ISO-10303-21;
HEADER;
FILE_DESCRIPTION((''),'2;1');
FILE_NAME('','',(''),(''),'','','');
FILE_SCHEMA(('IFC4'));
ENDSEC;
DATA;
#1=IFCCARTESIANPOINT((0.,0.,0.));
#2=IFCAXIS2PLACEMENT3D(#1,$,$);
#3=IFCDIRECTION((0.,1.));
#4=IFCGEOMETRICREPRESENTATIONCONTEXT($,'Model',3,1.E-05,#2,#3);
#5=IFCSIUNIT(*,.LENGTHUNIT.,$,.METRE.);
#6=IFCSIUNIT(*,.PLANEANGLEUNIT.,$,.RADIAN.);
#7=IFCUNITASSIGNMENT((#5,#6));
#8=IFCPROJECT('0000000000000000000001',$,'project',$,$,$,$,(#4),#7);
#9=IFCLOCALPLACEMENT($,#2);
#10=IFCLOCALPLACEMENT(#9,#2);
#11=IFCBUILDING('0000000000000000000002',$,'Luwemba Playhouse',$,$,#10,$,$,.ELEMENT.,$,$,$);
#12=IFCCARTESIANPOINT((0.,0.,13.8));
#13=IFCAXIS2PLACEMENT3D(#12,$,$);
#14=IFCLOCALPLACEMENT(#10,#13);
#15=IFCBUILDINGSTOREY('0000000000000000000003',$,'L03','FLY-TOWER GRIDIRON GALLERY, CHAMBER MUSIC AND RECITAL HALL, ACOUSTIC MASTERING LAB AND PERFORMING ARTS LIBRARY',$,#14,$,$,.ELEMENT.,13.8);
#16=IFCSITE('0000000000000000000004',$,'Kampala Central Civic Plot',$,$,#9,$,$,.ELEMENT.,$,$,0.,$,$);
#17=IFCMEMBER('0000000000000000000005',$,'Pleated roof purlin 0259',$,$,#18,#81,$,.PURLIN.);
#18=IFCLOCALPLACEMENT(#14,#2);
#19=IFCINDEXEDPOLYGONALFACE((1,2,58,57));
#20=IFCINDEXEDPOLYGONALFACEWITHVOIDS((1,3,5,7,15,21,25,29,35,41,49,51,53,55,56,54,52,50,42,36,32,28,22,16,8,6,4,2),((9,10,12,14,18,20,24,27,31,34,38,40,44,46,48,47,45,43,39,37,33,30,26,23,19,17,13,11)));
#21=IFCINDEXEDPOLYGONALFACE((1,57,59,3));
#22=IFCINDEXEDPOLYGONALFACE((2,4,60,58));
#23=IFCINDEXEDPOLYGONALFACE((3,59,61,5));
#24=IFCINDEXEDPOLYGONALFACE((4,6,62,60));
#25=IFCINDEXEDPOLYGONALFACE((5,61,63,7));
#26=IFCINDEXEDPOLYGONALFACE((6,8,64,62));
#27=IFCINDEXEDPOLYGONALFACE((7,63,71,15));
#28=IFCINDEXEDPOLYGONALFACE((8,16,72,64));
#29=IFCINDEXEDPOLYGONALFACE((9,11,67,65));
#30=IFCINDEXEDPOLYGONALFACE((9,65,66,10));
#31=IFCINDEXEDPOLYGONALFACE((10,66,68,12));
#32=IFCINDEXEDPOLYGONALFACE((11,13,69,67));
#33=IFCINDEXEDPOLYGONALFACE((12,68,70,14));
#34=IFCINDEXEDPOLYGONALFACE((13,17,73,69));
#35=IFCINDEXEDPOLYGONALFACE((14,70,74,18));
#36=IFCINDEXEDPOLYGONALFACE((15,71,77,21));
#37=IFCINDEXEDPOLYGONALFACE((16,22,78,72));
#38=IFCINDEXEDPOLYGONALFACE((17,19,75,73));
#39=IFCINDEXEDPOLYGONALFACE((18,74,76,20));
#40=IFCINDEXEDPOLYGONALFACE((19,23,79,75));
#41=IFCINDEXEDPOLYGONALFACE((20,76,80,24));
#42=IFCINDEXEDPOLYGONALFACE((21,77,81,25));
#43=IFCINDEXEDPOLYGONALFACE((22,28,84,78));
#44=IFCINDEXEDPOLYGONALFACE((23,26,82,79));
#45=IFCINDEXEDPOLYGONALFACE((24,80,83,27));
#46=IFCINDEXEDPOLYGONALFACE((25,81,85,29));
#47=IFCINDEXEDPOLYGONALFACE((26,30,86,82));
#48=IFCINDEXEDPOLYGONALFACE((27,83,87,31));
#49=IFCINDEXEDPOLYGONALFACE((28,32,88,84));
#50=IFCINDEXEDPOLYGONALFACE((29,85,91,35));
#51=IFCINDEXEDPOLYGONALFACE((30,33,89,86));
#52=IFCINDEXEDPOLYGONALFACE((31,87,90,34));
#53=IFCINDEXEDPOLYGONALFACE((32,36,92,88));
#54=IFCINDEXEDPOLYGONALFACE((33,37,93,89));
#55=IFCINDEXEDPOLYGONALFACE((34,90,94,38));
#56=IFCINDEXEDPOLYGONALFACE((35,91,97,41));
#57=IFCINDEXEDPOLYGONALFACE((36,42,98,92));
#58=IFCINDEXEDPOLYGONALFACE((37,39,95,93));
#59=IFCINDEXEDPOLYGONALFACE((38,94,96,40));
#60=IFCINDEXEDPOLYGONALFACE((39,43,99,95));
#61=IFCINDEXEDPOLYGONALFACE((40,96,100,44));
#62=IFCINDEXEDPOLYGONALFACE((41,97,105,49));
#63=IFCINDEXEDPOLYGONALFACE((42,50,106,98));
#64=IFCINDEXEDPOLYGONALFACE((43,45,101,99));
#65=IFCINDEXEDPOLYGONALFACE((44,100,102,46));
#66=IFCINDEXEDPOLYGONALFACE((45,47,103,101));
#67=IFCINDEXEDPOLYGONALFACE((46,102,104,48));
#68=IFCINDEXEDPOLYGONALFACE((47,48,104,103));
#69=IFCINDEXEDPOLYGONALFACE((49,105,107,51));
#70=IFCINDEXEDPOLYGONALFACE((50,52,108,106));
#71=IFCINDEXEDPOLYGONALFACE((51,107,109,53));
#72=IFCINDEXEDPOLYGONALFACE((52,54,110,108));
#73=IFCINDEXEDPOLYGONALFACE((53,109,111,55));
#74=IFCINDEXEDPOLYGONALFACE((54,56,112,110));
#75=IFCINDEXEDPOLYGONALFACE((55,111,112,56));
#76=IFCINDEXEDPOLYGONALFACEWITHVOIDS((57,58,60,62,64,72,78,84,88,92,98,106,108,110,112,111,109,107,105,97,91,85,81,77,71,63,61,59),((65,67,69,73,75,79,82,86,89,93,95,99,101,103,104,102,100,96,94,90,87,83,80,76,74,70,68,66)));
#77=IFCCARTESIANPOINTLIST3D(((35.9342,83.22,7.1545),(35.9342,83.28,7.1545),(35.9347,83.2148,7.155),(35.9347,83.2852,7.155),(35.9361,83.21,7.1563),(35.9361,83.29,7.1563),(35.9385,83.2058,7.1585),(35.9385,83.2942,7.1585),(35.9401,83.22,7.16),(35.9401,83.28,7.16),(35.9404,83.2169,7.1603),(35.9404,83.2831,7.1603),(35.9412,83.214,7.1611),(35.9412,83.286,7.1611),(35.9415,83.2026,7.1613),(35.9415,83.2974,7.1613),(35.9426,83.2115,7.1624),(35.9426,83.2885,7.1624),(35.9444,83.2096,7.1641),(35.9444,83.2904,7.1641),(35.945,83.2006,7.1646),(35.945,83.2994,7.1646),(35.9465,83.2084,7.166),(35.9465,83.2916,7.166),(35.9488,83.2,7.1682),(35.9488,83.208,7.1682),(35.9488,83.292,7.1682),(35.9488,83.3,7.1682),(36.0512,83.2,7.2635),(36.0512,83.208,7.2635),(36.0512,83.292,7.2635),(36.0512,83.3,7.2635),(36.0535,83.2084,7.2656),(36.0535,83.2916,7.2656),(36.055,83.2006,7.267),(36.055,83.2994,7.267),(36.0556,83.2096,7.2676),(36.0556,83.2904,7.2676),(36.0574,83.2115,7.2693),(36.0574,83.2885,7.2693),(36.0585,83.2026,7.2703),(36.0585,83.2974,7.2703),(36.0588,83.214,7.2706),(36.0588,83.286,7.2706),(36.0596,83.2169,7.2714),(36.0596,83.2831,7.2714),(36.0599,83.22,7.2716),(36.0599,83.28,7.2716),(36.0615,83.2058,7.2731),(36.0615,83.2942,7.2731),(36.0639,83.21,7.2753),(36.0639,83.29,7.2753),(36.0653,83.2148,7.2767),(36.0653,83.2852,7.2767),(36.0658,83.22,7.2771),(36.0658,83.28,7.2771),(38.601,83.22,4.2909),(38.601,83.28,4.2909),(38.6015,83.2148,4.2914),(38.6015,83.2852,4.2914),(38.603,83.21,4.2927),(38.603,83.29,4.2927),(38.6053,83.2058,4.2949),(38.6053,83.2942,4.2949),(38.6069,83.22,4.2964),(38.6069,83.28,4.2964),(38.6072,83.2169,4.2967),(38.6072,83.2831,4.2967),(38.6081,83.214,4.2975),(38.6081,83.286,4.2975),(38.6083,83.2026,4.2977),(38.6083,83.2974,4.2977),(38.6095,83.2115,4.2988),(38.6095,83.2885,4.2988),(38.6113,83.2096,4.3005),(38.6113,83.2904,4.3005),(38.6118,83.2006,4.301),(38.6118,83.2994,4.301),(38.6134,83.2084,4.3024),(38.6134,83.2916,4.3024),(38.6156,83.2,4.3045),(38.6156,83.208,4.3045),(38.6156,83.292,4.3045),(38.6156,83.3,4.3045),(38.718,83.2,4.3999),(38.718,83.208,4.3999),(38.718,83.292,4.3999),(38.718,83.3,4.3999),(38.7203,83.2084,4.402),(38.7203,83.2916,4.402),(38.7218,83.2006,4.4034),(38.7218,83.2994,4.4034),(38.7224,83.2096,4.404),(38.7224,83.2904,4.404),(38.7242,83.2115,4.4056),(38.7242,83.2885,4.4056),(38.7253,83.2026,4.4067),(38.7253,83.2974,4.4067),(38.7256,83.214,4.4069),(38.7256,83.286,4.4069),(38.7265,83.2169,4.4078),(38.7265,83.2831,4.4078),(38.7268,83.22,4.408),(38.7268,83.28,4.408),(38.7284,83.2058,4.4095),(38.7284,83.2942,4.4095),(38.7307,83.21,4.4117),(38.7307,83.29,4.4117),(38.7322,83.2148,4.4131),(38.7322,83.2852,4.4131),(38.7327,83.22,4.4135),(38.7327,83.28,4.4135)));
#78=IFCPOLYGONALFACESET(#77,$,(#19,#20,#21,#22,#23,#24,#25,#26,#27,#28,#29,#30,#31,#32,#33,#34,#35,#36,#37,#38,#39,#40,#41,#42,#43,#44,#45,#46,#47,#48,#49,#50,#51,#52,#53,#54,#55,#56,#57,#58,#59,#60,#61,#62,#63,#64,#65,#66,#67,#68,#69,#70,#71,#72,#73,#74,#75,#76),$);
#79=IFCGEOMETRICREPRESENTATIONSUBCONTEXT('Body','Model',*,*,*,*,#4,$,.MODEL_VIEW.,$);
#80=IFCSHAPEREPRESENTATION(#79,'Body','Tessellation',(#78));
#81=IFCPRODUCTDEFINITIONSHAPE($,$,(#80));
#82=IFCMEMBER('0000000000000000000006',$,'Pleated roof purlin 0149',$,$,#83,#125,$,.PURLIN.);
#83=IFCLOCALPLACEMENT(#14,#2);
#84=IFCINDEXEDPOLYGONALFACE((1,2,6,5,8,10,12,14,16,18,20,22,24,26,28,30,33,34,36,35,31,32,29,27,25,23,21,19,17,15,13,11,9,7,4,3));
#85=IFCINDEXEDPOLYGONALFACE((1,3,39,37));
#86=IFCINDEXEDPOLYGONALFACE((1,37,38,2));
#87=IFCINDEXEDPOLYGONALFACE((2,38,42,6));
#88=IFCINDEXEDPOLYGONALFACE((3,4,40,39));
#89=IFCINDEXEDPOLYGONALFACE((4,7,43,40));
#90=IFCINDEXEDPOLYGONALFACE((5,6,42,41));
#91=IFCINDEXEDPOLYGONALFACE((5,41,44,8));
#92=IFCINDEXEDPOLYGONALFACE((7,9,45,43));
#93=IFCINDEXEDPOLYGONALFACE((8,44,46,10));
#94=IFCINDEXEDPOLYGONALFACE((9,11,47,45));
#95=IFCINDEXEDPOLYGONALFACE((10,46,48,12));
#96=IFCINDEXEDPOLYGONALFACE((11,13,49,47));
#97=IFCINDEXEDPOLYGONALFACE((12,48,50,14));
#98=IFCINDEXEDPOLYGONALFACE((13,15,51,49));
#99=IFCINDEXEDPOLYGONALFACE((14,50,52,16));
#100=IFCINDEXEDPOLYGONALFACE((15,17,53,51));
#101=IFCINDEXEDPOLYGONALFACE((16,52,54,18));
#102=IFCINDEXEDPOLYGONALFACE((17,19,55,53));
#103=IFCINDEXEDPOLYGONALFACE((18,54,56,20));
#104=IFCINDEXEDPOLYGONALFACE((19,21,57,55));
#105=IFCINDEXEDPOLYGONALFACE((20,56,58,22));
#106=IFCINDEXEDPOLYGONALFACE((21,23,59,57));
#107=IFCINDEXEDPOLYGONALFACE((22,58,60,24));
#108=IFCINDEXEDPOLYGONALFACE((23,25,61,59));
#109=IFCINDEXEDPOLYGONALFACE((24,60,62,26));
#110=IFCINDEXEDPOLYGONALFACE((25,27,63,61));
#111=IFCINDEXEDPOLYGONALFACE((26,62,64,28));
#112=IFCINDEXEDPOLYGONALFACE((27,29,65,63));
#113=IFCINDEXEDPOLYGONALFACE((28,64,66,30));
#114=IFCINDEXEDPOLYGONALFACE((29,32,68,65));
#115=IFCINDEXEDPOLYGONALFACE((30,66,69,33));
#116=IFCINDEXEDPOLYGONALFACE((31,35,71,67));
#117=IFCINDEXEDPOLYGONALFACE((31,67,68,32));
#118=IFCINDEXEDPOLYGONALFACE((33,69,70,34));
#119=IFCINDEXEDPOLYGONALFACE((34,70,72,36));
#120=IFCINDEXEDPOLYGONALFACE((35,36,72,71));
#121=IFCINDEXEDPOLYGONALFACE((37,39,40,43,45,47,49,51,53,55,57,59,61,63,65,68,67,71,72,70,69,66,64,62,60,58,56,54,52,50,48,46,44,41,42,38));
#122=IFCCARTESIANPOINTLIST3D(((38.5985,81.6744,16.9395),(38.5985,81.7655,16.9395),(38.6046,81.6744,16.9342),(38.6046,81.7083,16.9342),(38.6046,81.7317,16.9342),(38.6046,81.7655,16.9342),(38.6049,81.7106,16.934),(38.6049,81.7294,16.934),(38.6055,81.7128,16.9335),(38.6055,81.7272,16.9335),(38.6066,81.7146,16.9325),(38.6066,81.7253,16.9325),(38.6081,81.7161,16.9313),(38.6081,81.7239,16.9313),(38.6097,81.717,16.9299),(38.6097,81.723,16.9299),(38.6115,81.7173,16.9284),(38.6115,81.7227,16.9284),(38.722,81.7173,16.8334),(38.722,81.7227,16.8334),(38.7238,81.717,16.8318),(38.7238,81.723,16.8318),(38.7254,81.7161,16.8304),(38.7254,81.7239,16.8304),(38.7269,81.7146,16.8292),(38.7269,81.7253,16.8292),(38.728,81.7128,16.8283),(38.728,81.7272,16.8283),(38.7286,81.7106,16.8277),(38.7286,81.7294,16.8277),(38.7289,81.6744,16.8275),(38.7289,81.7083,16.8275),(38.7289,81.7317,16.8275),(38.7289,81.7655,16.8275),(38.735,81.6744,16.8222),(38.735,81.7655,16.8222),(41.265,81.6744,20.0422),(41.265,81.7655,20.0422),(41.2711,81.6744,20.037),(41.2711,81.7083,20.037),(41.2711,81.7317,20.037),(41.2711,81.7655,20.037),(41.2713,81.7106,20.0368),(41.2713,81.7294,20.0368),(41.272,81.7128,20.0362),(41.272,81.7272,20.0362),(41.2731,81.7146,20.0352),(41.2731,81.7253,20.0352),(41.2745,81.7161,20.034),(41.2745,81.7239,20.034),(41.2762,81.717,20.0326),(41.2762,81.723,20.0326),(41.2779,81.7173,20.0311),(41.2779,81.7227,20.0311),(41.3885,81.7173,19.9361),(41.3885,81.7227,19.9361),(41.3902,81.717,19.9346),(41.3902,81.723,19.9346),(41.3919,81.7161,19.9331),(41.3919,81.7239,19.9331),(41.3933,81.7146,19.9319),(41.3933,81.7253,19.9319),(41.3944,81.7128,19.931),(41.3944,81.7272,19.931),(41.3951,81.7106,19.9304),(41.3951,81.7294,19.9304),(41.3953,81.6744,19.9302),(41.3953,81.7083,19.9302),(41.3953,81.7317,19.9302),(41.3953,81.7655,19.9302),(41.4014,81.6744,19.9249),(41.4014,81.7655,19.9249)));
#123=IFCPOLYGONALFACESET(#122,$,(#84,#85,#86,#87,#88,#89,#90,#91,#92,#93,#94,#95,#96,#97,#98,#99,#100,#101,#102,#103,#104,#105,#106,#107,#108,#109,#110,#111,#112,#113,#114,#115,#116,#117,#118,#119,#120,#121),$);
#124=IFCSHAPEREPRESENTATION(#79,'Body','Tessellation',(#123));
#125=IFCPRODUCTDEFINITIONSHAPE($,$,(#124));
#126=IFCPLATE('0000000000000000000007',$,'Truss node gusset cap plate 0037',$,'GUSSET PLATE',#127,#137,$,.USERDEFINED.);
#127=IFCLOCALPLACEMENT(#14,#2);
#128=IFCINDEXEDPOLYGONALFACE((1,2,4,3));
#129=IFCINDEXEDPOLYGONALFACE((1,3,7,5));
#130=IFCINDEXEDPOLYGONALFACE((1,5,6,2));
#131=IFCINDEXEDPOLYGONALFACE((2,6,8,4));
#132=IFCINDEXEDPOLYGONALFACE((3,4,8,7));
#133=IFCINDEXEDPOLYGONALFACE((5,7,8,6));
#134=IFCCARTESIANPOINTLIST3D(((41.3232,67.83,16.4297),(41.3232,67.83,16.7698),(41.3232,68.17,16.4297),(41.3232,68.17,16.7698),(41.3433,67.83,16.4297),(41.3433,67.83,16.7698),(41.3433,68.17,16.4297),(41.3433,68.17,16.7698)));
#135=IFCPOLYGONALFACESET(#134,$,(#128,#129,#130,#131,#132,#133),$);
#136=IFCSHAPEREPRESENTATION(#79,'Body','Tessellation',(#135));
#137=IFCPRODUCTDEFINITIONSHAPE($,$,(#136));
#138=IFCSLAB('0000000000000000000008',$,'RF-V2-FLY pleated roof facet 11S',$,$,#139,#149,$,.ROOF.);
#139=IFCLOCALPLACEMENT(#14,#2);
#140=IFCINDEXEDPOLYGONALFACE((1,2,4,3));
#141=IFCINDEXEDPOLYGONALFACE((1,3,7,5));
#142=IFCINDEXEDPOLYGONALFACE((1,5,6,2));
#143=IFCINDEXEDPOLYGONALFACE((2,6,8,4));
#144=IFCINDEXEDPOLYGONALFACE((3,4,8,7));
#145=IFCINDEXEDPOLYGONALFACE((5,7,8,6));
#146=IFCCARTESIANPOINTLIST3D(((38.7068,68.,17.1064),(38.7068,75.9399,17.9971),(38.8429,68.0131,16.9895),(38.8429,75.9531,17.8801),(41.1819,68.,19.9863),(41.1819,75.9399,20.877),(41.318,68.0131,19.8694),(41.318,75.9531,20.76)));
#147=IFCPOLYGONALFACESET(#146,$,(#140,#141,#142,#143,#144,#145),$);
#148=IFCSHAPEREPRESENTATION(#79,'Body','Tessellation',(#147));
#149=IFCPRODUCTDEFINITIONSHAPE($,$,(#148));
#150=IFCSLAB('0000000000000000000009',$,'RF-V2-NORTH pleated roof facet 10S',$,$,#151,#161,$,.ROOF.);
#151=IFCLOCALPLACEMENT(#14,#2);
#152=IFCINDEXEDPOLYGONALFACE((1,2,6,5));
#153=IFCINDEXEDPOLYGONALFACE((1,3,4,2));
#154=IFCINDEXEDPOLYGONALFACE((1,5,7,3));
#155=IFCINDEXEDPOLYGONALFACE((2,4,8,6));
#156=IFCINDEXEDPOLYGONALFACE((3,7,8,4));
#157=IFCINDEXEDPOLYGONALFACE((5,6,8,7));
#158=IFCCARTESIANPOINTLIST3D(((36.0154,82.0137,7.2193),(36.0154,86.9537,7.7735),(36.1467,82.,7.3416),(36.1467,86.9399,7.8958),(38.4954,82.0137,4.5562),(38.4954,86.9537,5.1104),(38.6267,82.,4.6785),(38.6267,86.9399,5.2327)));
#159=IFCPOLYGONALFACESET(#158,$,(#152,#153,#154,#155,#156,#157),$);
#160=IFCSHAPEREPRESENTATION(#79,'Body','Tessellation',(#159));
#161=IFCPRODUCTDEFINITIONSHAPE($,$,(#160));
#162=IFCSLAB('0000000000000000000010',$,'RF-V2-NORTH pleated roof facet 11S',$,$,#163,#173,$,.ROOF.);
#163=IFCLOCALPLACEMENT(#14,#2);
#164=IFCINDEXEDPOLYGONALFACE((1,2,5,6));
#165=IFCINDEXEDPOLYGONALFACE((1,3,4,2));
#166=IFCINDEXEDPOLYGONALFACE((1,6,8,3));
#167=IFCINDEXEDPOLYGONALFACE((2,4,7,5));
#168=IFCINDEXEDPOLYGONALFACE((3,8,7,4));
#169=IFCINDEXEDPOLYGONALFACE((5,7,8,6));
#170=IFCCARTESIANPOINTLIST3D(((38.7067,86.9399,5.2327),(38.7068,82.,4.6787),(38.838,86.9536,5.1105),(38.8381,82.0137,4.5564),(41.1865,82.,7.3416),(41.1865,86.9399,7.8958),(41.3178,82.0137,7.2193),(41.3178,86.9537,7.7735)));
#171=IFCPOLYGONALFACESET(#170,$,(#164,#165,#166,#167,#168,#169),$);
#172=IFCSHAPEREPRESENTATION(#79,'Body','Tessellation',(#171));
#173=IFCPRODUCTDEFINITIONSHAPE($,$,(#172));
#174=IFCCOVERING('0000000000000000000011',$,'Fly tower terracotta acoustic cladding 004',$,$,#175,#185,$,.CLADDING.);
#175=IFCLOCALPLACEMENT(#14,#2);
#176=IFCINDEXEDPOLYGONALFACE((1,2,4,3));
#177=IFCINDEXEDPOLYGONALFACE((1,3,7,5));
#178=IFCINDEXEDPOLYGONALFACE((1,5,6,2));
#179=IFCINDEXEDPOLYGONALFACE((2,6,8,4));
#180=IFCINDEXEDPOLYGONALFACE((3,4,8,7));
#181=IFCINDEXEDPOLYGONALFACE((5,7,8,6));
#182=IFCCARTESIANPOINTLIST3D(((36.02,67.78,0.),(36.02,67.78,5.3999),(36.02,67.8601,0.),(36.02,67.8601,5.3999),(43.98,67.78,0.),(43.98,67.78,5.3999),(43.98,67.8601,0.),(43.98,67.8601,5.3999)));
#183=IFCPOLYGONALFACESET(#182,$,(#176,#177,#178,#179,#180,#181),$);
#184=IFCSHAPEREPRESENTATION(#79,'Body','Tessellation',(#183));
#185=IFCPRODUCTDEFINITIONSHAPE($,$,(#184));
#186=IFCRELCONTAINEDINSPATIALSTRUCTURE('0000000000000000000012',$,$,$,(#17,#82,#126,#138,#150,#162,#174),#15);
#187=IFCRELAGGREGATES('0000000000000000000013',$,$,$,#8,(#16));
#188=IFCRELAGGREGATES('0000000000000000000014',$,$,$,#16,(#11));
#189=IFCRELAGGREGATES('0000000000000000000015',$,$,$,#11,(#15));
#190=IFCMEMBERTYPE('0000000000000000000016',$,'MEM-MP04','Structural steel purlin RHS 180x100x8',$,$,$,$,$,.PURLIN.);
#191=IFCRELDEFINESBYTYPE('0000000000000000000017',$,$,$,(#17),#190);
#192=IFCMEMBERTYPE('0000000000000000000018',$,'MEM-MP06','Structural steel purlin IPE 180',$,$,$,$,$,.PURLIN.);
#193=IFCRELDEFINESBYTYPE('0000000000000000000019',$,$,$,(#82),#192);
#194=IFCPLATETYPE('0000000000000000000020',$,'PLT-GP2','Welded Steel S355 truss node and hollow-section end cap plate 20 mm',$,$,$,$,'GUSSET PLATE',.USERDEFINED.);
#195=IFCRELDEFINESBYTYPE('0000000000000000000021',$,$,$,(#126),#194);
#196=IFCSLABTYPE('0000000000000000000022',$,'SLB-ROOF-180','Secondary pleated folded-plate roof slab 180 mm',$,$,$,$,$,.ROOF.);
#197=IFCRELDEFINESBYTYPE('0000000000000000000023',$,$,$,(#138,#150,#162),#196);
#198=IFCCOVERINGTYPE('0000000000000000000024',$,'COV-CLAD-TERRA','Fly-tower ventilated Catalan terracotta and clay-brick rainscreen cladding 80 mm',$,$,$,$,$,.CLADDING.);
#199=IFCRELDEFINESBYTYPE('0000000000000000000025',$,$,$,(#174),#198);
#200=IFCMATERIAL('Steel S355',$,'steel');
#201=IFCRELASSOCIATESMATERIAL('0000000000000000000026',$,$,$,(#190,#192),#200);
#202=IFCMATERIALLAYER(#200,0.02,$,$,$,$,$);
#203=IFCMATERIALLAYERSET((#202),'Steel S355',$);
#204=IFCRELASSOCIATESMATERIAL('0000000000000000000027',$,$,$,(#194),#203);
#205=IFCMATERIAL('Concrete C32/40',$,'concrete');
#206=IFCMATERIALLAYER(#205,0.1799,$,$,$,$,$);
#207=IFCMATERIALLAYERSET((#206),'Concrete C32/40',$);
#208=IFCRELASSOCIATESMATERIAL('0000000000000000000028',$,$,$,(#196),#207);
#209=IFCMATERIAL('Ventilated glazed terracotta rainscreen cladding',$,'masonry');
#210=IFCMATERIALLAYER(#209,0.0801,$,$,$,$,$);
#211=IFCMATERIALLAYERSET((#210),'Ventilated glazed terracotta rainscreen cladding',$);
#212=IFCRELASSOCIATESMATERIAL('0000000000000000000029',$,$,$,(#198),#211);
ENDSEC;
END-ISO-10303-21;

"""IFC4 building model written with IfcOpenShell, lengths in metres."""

from ifc_helpers import new_model, si_unit, direction, frame, origin, origin_2d, place, context, subcontext, project, spatial, polyline, rectangle, hollow_rectangle, i_section, outline, extrude, material, layer, layer_set, material_profile, profile_set, type_object, element, save


model = new_model("IFC4")

# Units and contexts
model_context = context("Model", 3, precision=1e-05, world=origin(), true_north=direction((0.0, 1.0)))
body_context = subcontext(model_context, "Body", "Model", "MODEL_VIEW")
ifc_project = project(units=[si_unit("LENGTHUNIT", "METRE"), si_unit("PLANEANGLEUNIT", "RADIAN")], contexts=[model_context])

# Site, building, storey
site_placement = place(None, origin())
site = spatial("IfcSite", under=ifc_project, at=site_placement, Name="Kampala Central Civic Plot", CompositionType="ELEMENT", RefElevation=0.0)
building_placement = place(site_placement, origin())
building = spatial("IfcBuilding", under=site, at=building_placement, Name="Luwemba Playhouse", CompositionType="ELEMENT")
storey_placement = place(building_placement, frame((0.0, 0.0, 13.8)))
storey = spatial("IfcBuildingStorey", under=building, at=storey_placement, Name="L03", Description="FLY-TOWER GRIDIRON GALLERY, CHAMBER MUSIC AND RECITAL HALL, ACOUSTIC MASTERING LAB AND PERFORMING ARTS LIBRARY", CompositionType="ELEMENT", Elevation=13.8)

# Shared definitions
ifc_material_1 = material(Name="Steel S355", Category="steel")

# Members
ifc_material_profile_1 = material_profile(ifc_material_1, hollow_rectangle(XDim=0.1001, YDim=0.1799, WallThickness=0.0081, InnerFilletRadius=0.012, OuterFilletRadius=0.02, at=origin_2d()))
ifc_profile_set_1 = profile_set([ifc_material_profile_1], Name="Steel S355")
member_type_1 = type_object("IfcMemberType", Name="MEM-MP04", Description="Structural steel purlin RHS 180x100x8", PredefinedType="PURLIN", material=ifc_profile_set_1)
member_1_placement = place(storey_placement, frame((36.0, 83.25, 7.2158), z_axis=(0.681515, 0.0, -0.731804), x_axis=(0.0, 1.0, 0.0)))
element("IfcMember", 1, at=member_1_placement, inside=storey, type_object=member_type_1, Name="Pleated roof purlin 0259", PredefinedType="PURLIN", context=body_context, shape_type="SweptSolid", body=[
    extrude(hollow_rectangle(XDim=0.1001, YDim=0.1799, WallThickness=0.0081, InnerFilletRadius=0.012, OuterFilletRadius=0.02, at=origin_2d()), origin(), (0.0, 0.0, 1.0), 3.9131),
])
ifc_material_profile_2 = material_profile(ifc_material_1, i_section(OverallWidth=0.0911, OverallDepth=0.1799, WebThickness=0.0054, FlangeThickness=0.0081, FilletRadius=0.009, at=origin_2d()))
ifc_profile_set_2 = profile_set([ifc_material_profile_2], Name="Steel S355")
member_type_2 = type_object("IfcMemberType", Name="MEM-MP06", Description="Structural steel purlin IPE 180", PredefinedType="PURLIN", material=ifc_profile_set_2)
member_2_placement = place(storey_placement, frame((38.6667, 81.72, 16.8809), z_axis=(0.651774, 0.0, 0.758413), x_axis=(0.0, 1.0, 0.0)))
element("IfcMember", 2, at=member_2_placement, inside=storey, type_object=member_type_2, Name="Pleated roof purlin 0149", PredefinedType="PURLIN", context=body_context, shape_type="SweptSolid", body=[
    extrude(i_section(OverallWidth=0.0911, OverallDepth=0.1799, WebThickness=0.0054, FlangeThickness=0.0081, FilletRadius=0.009, at=origin_2d()), origin(), (0.0, 0.0, 1.0), 4.0911),
])

# Plate
ifc_layer_1 = layer(ifc_material_1, 0.02)
ifc_layer_set_1 = layer_set([ifc_layer_1], Name="Steel S355")
plate_type = type_object("IfcPlateType", Name="PLT-GP2", Description="Welded Steel S355 truss node and hollow-section end cap plate 20 mm", ElementType="GUSSET PLATE", PredefinedType="USERDEFINED", material=ifc_layer_set_1)
plate_placement = place(storey_placement, frame((41.3333, 68.0, 16.4297), z_axis=(0.0, 0.0, 1.0), x_axis=(1.0, 0.0, 0.0)))
element("IfcPlate", 3, at=plate_placement, inside=storey, type_object=plate_type, Name="Truss node gusset cap plate 0037", ObjectType="GUSSET PLATE", PredefinedType="USERDEFINED", context=body_context, shape_type="SweptSolid", body=[
    extrude(rectangle(XDim=0.02, YDim=0.3401, at=origin_2d()), origin(), (0.0, 0.0, 1.0), 0.3401),
])

# Slabs
ifc_material_2 = material(Name="Concrete C32/40", Category="concrete")
ifc_layer_2 = layer(ifc_material_2, 0.1799)
ifc_layer_set_2 = layer_set([ifc_layer_2], Name="Concrete C32/40")
slab_type = type_object("IfcSlabType", Name="SLB-ROOF-180", Description="Secondary pleated folded-plate roof slab 180 mm", PredefinedType="ROOF", material=ifc_layer_set_2)
slab_1_placement = place(storey_placement, frame((38.7068, 68.0, 17.1064), z_axis=(-0.756375, -0.072918, 0.650062), x_axis=(0.651797, 0.0, 0.758394)))
element("IfcSlab", 4, at=slab_1_placement, inside=storey, type_object=slab_type, Name="RF-V2-FLY pleated roof facet 11S", PredefinedType="ROOF", context=body_context, shape_type="SweptSolid", body=[
    extrude(outline(polyline([(0.0, 0.0), (3.7973, 0.0), (4.4728, 7.9611), (0.6754, 7.9611), (0.0, 0.0)])), origin(), (0.0, 0.0, -1.0), 0.1799),
])
slab_2_placement = place(storey_placement, frame((36.1467, 82.0, 7.3416), z_axis=(0.729688, -0.076233, 0.679517), x_axis=(0.6815, 0.0, -0.731818)))
element("IfcSlab", 5, at=slab_2_placement, inside=storey, type_object=slab_type, Name="RF-V2-NORTH pleated roof facet 10S", PredefinedType="ROOF", context=body_context, shape_type="SweptSolid", body=[
    extrude(outline(polyline([(0.0, 0.0), (3.639, 0.0), (3.2334, 4.9544), (-0.4056, 4.9544), (0.0, 0.0)])), origin(), (0.0, 0.0, -1.0), 0.1799),
])
slab_3_placement = place(storey_placement, frame((38.7068, 82.0, 4.6787), z_axis=(-0.729707, -0.076214, 0.679499), x_axis=(0.681481, -0.000002, 0.731836)))
element("IfcSlab", 6, at=slab_3_placement, inside=storey, type_object=slab_type, Name="RF-V2-NORTH pleated roof facet 11S", PredefinedType="ROOF", context=body_context, shape_type="SweptSolid", body=[
    extrude(outline(polyline([(0.0, 0.0), (3.6387, 0.0), (4.0442, 4.9544), (0.4054, 4.9543), (0.0, 0.0)])), origin(), (0.0, 0.0, -1.0), 0.1799),
])

# Covering
ifc_material_3 = material(Name="Ventilated glazed terracotta rainscreen cladding", Category="masonry")
ifc_layer_3 = layer(ifc_material_3, 0.0801)
ifc_layer_set_3 = layer_set([ifc_layer_3], Name="Ventilated glazed terracotta rainscreen cladding")
covering_type_1 = type_object("IfcCoveringType", Name="COV-CLAD-TERRA", Description="Fly-tower ventilated Catalan terracotta and clay-brick rainscreen cladding 80 mm", PredefinedType="CLADDING", material=ifc_layer_set_3)
for number, where, z_axis, x_axis, name in (
    (7, (40.0, 67.8201, 0.0), (0.0, 0.0, 1.0), (1.0, 0.0, 0.0), "Fly tower terracotta acoustic cladding 004"),
):
    element("IfcCovering", number, at=place(storey_placement, frame(where, z_axis=z_axis, x_axis=x_axis)), inside=storey, type_object=covering_type_1, Name=name, PredefinedType="CLADDING", context=body_context, shape_type="SweptSolid", body=[
        extrude(rectangle(XDim=7.96, YDim=0.0801, at=origin_2d()), origin(), (0.0, 0.0, 1.0), 5.3999),
    ])

save(model, "model.ifc")
